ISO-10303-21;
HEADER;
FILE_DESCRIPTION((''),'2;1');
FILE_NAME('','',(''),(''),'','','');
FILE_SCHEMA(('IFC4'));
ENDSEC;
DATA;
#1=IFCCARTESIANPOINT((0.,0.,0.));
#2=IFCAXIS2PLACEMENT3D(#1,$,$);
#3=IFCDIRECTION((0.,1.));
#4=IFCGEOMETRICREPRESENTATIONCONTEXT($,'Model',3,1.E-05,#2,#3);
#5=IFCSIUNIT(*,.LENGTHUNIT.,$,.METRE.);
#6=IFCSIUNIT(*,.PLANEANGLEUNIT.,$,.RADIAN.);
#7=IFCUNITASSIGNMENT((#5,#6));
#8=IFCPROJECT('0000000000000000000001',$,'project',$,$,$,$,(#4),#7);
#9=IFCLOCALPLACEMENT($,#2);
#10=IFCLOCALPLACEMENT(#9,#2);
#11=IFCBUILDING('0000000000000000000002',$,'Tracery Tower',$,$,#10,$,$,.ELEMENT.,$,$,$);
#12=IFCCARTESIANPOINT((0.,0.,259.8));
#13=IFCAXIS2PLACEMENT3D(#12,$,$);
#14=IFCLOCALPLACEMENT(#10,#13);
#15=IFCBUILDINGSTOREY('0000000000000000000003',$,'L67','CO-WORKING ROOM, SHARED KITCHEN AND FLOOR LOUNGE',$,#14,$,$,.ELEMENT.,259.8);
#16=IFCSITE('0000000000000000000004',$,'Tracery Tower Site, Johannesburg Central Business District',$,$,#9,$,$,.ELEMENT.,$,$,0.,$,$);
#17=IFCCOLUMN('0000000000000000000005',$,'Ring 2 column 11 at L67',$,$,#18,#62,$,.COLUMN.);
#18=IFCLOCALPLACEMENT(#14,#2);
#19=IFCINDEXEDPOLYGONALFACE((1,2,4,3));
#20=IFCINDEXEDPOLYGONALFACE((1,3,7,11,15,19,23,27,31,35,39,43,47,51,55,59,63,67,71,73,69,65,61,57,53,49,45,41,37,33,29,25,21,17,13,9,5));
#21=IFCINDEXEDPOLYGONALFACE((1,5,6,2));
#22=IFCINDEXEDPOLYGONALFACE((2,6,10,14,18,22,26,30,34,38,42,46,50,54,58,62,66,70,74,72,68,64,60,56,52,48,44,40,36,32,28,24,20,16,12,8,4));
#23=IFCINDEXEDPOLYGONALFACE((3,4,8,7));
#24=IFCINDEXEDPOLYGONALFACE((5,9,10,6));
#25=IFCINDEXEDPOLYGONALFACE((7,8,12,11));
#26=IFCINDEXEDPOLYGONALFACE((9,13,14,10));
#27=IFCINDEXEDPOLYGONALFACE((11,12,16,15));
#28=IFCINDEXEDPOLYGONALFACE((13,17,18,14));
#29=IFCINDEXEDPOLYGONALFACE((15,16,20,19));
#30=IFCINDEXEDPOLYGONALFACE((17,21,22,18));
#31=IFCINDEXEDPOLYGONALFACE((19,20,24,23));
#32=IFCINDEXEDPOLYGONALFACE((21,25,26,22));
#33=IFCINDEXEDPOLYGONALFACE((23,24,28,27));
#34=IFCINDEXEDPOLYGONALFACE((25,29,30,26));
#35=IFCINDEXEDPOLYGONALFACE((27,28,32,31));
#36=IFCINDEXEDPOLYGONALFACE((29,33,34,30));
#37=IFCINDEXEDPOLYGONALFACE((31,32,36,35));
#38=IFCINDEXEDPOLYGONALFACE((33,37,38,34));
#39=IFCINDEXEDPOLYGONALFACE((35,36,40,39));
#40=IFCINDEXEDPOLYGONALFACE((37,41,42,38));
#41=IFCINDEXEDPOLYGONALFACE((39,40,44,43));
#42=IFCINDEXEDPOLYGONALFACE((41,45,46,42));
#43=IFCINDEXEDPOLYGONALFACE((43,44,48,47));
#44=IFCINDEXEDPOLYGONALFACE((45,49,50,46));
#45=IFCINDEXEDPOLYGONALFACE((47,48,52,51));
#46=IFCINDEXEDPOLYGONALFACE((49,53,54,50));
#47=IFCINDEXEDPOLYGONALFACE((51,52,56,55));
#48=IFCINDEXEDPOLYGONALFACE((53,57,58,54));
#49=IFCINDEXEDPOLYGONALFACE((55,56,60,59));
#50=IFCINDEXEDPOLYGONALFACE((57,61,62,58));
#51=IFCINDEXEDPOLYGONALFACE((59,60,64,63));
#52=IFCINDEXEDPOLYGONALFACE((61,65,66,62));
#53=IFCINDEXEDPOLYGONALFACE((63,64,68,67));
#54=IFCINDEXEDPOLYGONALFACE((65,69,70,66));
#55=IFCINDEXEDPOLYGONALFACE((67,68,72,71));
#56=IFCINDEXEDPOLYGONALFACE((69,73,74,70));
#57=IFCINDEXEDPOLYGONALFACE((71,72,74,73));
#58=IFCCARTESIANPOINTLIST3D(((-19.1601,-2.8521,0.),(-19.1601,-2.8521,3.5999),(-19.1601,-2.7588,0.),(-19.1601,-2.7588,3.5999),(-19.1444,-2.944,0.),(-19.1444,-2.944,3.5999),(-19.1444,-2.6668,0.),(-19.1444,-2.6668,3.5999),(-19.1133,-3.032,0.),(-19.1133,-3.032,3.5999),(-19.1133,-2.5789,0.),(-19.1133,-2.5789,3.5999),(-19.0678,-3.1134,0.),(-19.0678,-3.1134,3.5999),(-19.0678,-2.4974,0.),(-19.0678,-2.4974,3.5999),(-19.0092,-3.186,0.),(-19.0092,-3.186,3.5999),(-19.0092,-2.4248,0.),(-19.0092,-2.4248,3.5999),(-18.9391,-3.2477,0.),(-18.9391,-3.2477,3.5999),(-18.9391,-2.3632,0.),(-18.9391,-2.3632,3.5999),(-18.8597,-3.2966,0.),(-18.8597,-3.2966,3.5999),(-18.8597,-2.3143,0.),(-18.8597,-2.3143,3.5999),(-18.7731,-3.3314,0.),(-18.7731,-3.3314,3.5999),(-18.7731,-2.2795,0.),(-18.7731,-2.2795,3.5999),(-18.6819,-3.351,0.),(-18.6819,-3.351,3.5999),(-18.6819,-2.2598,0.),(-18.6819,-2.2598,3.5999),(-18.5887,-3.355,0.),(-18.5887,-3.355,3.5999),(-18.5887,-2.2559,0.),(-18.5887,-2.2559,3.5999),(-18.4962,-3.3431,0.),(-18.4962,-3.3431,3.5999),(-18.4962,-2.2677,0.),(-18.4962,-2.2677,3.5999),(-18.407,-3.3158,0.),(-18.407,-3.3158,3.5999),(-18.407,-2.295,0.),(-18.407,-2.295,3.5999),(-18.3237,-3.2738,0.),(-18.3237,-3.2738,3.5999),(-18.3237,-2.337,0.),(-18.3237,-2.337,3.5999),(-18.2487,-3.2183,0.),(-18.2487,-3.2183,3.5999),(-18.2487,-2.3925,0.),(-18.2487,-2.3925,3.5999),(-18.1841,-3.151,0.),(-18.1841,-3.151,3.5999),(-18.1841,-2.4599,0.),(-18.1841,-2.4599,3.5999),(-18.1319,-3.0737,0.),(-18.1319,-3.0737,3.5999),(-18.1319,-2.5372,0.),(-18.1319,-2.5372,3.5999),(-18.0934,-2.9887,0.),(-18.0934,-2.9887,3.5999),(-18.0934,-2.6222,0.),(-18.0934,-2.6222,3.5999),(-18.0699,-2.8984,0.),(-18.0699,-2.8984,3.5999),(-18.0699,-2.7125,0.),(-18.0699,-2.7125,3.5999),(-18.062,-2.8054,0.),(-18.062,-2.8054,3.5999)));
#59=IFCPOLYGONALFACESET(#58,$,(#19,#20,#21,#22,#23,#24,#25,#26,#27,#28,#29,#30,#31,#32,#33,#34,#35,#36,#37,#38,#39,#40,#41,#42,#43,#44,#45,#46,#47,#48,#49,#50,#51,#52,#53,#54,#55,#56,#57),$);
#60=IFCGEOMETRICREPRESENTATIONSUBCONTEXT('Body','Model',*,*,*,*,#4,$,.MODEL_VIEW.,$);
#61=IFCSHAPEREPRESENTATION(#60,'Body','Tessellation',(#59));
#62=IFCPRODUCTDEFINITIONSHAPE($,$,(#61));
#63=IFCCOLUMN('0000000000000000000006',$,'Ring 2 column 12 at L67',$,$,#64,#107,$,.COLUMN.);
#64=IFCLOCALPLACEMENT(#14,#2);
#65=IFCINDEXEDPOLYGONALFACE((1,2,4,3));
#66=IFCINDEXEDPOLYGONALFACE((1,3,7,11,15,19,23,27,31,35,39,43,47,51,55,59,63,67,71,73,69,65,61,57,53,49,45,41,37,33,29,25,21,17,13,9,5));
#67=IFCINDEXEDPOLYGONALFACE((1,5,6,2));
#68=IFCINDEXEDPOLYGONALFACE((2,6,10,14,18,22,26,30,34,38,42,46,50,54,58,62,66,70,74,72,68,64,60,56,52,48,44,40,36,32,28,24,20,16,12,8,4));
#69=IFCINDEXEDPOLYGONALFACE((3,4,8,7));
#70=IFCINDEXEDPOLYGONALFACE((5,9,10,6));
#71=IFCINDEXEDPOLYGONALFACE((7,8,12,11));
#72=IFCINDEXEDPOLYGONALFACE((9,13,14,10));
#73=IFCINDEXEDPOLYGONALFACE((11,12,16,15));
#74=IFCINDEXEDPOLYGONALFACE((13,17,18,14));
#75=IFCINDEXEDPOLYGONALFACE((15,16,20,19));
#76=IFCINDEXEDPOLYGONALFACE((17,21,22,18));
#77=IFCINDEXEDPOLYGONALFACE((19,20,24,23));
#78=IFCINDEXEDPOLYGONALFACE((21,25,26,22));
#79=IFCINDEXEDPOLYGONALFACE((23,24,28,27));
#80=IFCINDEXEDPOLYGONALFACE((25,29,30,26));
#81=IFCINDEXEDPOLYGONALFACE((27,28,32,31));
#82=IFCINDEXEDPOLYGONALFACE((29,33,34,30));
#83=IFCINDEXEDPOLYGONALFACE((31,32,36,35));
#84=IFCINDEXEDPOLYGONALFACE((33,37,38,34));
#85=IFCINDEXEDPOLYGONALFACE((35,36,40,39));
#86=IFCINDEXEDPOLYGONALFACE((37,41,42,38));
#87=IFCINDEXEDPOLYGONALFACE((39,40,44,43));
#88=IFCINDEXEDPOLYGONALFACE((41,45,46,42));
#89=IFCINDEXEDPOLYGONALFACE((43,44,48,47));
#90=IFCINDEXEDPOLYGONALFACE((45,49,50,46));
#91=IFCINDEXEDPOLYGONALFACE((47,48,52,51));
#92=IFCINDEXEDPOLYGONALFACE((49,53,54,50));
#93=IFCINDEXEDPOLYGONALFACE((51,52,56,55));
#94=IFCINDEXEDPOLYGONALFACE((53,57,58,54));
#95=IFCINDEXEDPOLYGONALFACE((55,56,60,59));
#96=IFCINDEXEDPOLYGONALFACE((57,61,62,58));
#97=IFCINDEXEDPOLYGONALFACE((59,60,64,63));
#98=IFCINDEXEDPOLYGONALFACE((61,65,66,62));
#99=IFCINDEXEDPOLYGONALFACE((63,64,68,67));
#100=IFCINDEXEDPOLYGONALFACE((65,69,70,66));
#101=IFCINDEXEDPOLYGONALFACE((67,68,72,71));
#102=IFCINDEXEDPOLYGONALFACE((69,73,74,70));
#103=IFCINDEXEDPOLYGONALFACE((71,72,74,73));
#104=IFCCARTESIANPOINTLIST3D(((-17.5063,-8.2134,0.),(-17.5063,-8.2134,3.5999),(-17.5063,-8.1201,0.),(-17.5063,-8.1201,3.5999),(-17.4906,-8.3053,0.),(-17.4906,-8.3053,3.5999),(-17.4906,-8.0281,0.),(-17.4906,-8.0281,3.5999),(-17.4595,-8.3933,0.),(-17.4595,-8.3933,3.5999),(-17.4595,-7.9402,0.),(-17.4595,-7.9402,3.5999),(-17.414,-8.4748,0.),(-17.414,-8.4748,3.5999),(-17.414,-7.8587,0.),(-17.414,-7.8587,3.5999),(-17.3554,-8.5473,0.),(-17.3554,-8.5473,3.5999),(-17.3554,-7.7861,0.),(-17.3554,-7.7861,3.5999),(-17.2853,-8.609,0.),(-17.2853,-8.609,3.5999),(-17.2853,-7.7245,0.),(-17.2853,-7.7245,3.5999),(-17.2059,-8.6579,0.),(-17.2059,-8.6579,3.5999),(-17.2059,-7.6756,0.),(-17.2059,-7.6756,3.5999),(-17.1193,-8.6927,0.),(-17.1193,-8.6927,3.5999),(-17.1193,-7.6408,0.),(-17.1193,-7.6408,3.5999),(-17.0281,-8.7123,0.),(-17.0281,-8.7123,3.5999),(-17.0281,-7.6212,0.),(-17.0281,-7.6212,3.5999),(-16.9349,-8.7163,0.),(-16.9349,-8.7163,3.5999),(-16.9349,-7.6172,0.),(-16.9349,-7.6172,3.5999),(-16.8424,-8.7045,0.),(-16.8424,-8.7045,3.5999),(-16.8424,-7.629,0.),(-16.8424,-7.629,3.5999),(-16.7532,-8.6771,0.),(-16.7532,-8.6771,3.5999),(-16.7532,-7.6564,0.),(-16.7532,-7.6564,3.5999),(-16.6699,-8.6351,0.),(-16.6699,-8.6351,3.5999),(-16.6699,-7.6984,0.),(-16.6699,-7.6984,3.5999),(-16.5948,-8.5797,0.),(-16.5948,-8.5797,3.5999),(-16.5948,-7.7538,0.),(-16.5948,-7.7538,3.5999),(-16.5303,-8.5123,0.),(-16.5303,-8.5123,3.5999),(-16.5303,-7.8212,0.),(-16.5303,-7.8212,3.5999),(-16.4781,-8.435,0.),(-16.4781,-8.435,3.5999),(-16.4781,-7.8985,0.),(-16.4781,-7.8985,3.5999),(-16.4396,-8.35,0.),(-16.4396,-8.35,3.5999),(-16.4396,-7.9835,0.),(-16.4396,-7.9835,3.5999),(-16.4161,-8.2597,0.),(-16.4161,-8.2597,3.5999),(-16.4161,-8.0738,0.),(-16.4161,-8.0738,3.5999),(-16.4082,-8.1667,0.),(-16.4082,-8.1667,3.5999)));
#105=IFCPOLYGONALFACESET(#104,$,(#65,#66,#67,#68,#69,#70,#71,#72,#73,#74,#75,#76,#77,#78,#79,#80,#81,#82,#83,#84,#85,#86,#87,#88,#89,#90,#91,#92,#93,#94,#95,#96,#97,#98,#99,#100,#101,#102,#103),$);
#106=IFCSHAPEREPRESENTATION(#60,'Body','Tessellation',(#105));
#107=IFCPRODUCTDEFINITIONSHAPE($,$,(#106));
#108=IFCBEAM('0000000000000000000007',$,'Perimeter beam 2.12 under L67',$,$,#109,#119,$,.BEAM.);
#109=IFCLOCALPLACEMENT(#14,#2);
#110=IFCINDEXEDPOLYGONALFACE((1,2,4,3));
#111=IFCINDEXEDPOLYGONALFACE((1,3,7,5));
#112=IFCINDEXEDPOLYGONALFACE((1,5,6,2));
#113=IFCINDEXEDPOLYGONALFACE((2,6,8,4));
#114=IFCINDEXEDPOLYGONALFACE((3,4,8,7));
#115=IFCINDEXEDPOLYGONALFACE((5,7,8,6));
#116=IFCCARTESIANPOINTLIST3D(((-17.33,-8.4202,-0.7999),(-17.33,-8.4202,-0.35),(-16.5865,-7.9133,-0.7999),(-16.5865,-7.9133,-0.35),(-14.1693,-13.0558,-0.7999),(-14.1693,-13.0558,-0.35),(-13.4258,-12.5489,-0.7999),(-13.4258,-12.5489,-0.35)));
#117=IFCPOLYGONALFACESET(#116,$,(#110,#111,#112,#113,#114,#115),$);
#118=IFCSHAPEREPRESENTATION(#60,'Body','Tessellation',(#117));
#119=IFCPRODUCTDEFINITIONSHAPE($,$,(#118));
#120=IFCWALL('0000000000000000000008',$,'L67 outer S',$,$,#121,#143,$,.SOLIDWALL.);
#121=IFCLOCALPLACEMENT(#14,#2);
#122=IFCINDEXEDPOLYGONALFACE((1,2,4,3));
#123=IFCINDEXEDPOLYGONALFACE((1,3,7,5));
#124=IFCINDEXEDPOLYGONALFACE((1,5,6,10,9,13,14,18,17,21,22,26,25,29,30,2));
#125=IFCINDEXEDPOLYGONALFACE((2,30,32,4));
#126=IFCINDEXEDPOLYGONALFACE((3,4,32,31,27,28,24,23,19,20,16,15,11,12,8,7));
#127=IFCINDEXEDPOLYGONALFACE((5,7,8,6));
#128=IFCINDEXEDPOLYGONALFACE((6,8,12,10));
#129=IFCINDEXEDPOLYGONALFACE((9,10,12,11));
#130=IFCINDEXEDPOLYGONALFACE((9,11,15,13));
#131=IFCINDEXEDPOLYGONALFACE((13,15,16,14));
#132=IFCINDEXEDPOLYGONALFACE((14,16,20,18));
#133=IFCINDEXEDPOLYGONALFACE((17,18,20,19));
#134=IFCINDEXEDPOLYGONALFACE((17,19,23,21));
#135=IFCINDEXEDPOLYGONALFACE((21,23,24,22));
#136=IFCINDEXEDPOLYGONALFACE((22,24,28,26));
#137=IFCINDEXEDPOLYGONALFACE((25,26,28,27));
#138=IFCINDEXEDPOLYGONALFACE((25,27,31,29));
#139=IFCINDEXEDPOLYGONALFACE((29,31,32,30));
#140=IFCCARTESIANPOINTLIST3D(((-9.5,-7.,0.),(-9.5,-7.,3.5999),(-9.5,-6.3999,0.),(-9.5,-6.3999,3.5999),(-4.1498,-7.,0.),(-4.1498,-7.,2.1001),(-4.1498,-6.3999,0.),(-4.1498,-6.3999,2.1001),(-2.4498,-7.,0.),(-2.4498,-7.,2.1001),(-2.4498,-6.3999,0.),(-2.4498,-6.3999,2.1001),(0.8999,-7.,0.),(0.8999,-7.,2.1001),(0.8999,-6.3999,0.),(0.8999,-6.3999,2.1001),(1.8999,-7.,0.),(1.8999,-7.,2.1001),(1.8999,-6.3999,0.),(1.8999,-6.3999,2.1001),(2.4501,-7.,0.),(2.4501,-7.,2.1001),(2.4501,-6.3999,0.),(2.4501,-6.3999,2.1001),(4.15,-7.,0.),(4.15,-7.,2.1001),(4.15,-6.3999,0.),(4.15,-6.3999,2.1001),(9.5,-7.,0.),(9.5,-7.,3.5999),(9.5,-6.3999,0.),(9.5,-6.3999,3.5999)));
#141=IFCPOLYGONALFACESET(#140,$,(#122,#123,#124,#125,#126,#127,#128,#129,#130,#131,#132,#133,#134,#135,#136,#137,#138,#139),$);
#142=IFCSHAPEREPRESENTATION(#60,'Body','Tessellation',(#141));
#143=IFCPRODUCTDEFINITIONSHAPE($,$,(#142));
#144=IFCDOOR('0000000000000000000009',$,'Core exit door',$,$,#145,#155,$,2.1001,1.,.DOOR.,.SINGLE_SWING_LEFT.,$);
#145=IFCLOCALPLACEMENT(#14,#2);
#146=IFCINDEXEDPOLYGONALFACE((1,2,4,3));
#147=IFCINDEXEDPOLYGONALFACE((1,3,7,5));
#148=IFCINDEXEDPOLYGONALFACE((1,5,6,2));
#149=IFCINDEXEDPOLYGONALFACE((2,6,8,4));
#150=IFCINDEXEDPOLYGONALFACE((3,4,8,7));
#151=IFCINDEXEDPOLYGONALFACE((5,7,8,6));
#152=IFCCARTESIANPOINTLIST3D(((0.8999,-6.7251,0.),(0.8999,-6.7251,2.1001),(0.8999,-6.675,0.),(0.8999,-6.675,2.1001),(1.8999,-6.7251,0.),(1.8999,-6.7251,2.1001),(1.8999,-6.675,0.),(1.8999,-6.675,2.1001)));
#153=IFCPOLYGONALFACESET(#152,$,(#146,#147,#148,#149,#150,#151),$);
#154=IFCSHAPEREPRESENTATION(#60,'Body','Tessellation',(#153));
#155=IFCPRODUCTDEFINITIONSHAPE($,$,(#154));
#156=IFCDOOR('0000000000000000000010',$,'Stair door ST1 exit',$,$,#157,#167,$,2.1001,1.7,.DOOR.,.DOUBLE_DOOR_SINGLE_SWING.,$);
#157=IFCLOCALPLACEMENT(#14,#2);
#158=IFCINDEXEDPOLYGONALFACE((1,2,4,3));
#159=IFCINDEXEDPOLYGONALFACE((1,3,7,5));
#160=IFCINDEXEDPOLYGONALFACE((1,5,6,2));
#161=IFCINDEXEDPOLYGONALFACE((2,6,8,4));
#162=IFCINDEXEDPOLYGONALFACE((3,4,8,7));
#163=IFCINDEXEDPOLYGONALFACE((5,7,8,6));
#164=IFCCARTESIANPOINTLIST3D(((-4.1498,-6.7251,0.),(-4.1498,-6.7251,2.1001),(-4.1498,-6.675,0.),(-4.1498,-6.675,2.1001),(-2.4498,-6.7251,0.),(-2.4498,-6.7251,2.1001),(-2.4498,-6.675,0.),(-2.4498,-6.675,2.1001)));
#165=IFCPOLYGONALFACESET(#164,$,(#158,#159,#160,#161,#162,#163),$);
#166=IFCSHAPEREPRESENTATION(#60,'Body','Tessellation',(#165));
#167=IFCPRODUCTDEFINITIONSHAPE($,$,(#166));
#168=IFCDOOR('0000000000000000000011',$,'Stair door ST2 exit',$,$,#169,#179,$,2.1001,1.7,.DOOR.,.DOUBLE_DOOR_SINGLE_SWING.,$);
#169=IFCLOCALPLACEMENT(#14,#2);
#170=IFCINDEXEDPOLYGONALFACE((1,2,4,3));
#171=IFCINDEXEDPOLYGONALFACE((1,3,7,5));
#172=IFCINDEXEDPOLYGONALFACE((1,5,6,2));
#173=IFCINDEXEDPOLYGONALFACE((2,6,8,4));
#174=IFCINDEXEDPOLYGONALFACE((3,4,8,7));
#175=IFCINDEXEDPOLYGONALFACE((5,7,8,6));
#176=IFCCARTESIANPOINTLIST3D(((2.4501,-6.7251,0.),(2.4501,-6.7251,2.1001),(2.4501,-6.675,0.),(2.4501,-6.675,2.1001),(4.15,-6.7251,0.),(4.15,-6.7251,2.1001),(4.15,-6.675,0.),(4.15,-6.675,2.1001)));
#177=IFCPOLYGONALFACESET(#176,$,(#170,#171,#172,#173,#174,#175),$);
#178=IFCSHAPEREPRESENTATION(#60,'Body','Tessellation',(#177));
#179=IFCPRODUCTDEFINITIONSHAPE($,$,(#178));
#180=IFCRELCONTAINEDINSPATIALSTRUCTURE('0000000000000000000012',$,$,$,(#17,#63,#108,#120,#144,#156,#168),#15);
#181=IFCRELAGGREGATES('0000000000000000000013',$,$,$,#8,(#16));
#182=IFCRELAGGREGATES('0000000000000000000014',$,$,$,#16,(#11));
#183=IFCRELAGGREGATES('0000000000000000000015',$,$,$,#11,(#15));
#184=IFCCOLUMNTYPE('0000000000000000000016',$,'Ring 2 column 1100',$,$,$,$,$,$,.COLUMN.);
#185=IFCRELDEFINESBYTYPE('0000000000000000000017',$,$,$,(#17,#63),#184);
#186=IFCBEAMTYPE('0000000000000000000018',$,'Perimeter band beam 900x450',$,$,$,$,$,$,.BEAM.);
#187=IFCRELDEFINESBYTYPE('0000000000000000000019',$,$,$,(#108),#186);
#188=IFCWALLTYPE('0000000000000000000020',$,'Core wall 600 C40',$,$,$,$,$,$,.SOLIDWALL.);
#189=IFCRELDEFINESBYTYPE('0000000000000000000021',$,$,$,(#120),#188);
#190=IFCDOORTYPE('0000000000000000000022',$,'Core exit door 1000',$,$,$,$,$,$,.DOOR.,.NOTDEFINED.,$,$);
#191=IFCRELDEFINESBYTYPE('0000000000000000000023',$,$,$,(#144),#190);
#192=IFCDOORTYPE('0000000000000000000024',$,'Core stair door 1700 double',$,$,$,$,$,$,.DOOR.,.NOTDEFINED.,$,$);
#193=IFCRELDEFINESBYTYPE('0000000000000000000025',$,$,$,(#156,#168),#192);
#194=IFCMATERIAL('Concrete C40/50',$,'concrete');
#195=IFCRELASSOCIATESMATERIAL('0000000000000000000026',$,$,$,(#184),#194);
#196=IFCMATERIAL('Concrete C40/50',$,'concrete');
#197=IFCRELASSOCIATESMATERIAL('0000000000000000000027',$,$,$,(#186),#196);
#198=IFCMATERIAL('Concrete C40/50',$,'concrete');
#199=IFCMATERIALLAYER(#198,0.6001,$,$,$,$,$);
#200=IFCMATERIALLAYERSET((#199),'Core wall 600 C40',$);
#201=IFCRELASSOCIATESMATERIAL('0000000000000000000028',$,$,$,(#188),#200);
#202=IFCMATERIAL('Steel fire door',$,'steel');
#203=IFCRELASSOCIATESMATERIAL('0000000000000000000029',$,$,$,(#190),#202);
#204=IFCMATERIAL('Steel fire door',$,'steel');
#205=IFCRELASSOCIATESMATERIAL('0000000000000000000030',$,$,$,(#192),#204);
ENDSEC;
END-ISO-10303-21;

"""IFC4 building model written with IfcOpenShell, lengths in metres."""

from ifc_helpers import new_model, si_unit, direction, frame, frame_2d, origin, origin_2d, place, context, subcontext, project, spatial, rectangle, circle, extrude, material, layer, layer_set, material_profile, profile_set, type_object, element, fill, save


model = new_model("IFC4")

# Units and contexts
model_context = context("Model", 3, precision=1e-05, world=origin(), true_north=direction((0.0, 1.0)))
body_context = subcontext(model_context, "Body", "Model", "MODEL_VIEW")
ifc_project = project(units=[si_unit("LENGTHUNIT", "METRE"), si_unit("PLANEANGLEUNIT", "RADIAN")], contexts=[model_context])

# Site, building, storey
site_placement = place(None, origin())
site = spatial("IfcSite", under=ifc_project, at=site_placement, Name="Tracery Tower Site, Johannesburg Central Business District", CompositionType="ELEMENT", RefElevation=0.0)
building_placement = place(site_placement, origin())
building = spatial("IfcBuilding", under=site, at=building_placement, Name="Tracery Tower", CompositionType="ELEMENT")
storey_placement = place(building_placement, frame((0.0, 0.0, 259.8)))
storey = spatial("IfcBuildingStorey", under=building, at=storey_placement, Name="L67", Description="CO-WORKING ROOM, SHARED KITCHEN AND FLOOR LOUNGE", CompositionType="ELEMENT", Elevation=259.8)

# Columns
ifc_material_1 = material(Name="Concrete C40/50", Category="concrete")
ifc_material_profile_1 = material_profile(ifc_material_1, circle(Radius=0.55, at=origin_2d()), Name="RC D1100")
ifc_profile_set_1 = profile_set([ifc_material_profile_1], Name="Concrete C40/50")
column_type = type_object("IfcColumnType", Name="Ring 2 column 1100", PredefinedType="COLUMN", material=ifc_profile_set_1)
for number, where, z_axis, x_axis, name in (
    (1, (-18.6121, -2.8054, 0.0), (0.0, 0.0, 1.0), (1.0, 0.0, 0.0), "Ring 2 column 11 at L67"),
    (2, (-16.9583, -8.1667, 0.0), (0.0, 0.0, 1.0), (1.0, 0.0, 0.0), "Ring 2 column 12 at L67"),
):
    element("IfcColumn", number, at=place(storey_placement, frame(where, z_axis=z_axis, x_axis=x_axis)), inside=storey, type_object=column_type, Name=name, PredefinedType="COLUMN", context=body_context, shape_type="SweptSolid", body=[
        extrude(circle(Radius=0.55, at=origin_2d()), origin(), (0.0, 0.0, 1.0), 3.5999),
    ])

# Beam
ifc_material_2 = material(Name="Concrete C40/50", Category="concrete")
ifc_material_profile_2 = material_profile(ifc_material_2, rectangle(XDim=0.8999, YDim=0.45, at=origin_2d()), Name="RC 900x450")
ifc_profile_set_2 = profile_set([ifc_material_profile_2], Name="Concrete C40/50")
beam_type = type_object("IfcBeamType", Name="Perimeter band beam 900x450", PredefinedType="BEAM", material=ifc_profile_set_2)
beam_placement = place(storey_placement, frame((-16.9583, -8.1667, -0.575), z_axis=(0.563346, -0.826221, 0.0), x_axis=(0.826221, 0.563346, 0.0)))
element("IfcBeam", 3, at=beam_placement, inside=storey, type_object=beam_type, Name="Perimeter beam 2.12 under L67", PredefinedType="BEAM", context=body_context, shape_type="SweptSolid", body=[
    extrude(rectangle(XDim=0.8999, YDim=0.45, at=origin_2d()), origin(), (0.0, 0.0, 1.0), 5.6106),
])

# Wall, openings, doors
ifc_material_3 = material(Name="Concrete C40/50", Category="concrete")
ifc_layer_1 = layer(ifc_material_3, 0.6001)
ifc_layer_set_1 = layer_set([ifc_layer_1], Name="Core wall 600 C40")
wall_type_1 = type_object("IfcWallType", Name="Core wall 600 C40", PredefinedType="SOLIDWALL", material=ifc_layer_set_1)
wall_1_placement = place(storey_placement, frame((-9.5, -6.7, 0.0), z_axis=(0.0, 0.0, 1.0), x_axis=(1.0, 0.0, 0.0)))
wall_1 = element("IfcWall", 4, at=wall_1_placement, inside=storey, type_object=wall_type_1, Name="L67 outer S", PredefinedType="SOLIDWALL", context=body_context, shape_type="SweptSolid", body=[
    extrude(rectangle(XDim=19.0, YDim=0.6001, at=frame_2d((9.5, 0.0))), origin(), (0.0, 0.0, 1.0), 3.5999),
])
opening_1_placement = place(wall_1_placement, frame((10.3999, 0.0, 0.0)))
opening_1 = element("IfcOpeningElement", 5, at=opening_1_placement, cuts=wall_1, PredefinedType="OPENING", context=body_context, shape_type="SweptSolid", body=[
    extrude(rectangle(XDim=1.0, YDim=2.1001, at=frame_2d((0.5, 1.05))), frame((0.0, 0.3, 0.0), z_axis=(0.0, -1.0, 0.0), x_axis=(1.0, 0.0, 0.0)), (0.0, 0.0, 1.0), 0.6001),
])
opening_2_placement = place(wall_1_placement, frame((5.3501, 0.0, 0.0)))
opening_2 = element("IfcOpeningElement", 6, at=opening_2_placement, cuts=wall_1, PredefinedType="OPENING", context=body_context, shape_type="SweptSolid", body=[
    extrude(rectangle(XDim=1.7, YDim=2.1001, at=frame_2d((0.8501, 1.05))), frame((0.0, 0.3, 0.0), z_axis=(0.0, -1.0, 0.0), x_axis=(1.0, 0.0, 0.0)), (0.0, 0.0, 1.0), 0.6001),
])
opening_3_placement = place(wall_1_placement, frame((11.95, 0.0, 0.0)))
opening_3 = element("IfcOpeningElement", 7, at=opening_3_placement, cuts=wall_1, PredefinedType="OPENING", context=body_context, shape_type="SweptSolid", body=[
    extrude(rectangle(XDim=1.7, YDim=2.1001, at=frame_2d((0.8501, 1.05))), frame((0.0, 0.3, 0.0), z_axis=(0.0, -1.0, 0.0), x_axis=(1.0, 0.0, 0.0)), (0.0, 0.0, 1.0), 0.6001),
])
ifc_material_4 = material(Name="Steel fire door", Category="steel")
door_type_1 = type_object("IfcDoorType", Name="Core exit door 1000", OperationType="NOTDEFINED", PredefinedType="DOOR", material=ifc_material_4)
door_1_placement = place(opening_1_placement, origin())
door_1 = element("IfcDoor", 8, at=door_1_placement, inside=storey, type_object=door_type_1, Name="Core exit door", OperationType="SINGLE_SWING_LEFT", OverallHeight=2.1001, OverallWidth=1.0, PredefinedType="DOOR", context=body_context, shape_type="SweptSolid", body=[
    extrude(rectangle(XDim=1.0, YDim=2.1001, at=frame_2d((0.5, 1.05))), frame((0.0, 0.0249, 0.0), z_axis=(0.0, -1.0, 0.0), x_axis=(1.0, 0.0, 0.0)), (0.0, 0.0, 1.0), 0.05),
])
fill(opening_1, door_1)
ifc_material_5 = material(Name="Steel fire door", Category="steel")
door_type_2 = type_object("IfcDoorType", Name="Core stair door 1700 double", OperationType="NOTDEFINED", PredefinedType="DOOR", material=ifc_material_5)
door_2_placement = place(opening_2_placement, origin())
door_2 = element("IfcDoor", 9, at=door_2_placement, inside=storey, type_object=door_type_2, Name="Stair door ST1 exit", OperationType="DOUBLE_DOOR_SINGLE_SWING", OverallHeight=2.1001, OverallWidth=1.7, PredefinedType="DOOR", context=body_context, shape_type="SweptSolid", body=[
    extrude(rectangle(XDim=1.7, YDim=2.1001, at=frame_2d((0.8501, 1.05))), frame((0.0, 0.0249, 0.0), z_axis=(0.0, -1.0, 0.0), x_axis=(1.0, 0.0, 0.0)), (0.0, 0.0, 1.0), 0.05),
])
fill(opening_2, door_2)
door_3_placement = place(opening_3_placement, origin())
door_3 = element("IfcDoor", 10, at=door_3_placement, inside=storey, type_object=door_type_2, Name="Stair door ST2 exit", OperationType="DOUBLE_DOOR_SINGLE_SWING", OverallHeight=2.1001, OverallWidth=1.7, PredefinedType="DOOR", context=body_context, shape_type="SweptSolid", body=[
    extrude(rectangle(XDim=1.7, YDim=2.1001, at=frame_2d((0.8501, 1.05))), frame((0.0, 0.0249, 0.0), z_axis=(0.0, -1.0, 0.0), x_axis=(1.0, 0.0, 0.0)), (0.0, 0.0, 1.0), 0.05),
])
fill(opening_3, door_3)

save(model, "model.ifc")
